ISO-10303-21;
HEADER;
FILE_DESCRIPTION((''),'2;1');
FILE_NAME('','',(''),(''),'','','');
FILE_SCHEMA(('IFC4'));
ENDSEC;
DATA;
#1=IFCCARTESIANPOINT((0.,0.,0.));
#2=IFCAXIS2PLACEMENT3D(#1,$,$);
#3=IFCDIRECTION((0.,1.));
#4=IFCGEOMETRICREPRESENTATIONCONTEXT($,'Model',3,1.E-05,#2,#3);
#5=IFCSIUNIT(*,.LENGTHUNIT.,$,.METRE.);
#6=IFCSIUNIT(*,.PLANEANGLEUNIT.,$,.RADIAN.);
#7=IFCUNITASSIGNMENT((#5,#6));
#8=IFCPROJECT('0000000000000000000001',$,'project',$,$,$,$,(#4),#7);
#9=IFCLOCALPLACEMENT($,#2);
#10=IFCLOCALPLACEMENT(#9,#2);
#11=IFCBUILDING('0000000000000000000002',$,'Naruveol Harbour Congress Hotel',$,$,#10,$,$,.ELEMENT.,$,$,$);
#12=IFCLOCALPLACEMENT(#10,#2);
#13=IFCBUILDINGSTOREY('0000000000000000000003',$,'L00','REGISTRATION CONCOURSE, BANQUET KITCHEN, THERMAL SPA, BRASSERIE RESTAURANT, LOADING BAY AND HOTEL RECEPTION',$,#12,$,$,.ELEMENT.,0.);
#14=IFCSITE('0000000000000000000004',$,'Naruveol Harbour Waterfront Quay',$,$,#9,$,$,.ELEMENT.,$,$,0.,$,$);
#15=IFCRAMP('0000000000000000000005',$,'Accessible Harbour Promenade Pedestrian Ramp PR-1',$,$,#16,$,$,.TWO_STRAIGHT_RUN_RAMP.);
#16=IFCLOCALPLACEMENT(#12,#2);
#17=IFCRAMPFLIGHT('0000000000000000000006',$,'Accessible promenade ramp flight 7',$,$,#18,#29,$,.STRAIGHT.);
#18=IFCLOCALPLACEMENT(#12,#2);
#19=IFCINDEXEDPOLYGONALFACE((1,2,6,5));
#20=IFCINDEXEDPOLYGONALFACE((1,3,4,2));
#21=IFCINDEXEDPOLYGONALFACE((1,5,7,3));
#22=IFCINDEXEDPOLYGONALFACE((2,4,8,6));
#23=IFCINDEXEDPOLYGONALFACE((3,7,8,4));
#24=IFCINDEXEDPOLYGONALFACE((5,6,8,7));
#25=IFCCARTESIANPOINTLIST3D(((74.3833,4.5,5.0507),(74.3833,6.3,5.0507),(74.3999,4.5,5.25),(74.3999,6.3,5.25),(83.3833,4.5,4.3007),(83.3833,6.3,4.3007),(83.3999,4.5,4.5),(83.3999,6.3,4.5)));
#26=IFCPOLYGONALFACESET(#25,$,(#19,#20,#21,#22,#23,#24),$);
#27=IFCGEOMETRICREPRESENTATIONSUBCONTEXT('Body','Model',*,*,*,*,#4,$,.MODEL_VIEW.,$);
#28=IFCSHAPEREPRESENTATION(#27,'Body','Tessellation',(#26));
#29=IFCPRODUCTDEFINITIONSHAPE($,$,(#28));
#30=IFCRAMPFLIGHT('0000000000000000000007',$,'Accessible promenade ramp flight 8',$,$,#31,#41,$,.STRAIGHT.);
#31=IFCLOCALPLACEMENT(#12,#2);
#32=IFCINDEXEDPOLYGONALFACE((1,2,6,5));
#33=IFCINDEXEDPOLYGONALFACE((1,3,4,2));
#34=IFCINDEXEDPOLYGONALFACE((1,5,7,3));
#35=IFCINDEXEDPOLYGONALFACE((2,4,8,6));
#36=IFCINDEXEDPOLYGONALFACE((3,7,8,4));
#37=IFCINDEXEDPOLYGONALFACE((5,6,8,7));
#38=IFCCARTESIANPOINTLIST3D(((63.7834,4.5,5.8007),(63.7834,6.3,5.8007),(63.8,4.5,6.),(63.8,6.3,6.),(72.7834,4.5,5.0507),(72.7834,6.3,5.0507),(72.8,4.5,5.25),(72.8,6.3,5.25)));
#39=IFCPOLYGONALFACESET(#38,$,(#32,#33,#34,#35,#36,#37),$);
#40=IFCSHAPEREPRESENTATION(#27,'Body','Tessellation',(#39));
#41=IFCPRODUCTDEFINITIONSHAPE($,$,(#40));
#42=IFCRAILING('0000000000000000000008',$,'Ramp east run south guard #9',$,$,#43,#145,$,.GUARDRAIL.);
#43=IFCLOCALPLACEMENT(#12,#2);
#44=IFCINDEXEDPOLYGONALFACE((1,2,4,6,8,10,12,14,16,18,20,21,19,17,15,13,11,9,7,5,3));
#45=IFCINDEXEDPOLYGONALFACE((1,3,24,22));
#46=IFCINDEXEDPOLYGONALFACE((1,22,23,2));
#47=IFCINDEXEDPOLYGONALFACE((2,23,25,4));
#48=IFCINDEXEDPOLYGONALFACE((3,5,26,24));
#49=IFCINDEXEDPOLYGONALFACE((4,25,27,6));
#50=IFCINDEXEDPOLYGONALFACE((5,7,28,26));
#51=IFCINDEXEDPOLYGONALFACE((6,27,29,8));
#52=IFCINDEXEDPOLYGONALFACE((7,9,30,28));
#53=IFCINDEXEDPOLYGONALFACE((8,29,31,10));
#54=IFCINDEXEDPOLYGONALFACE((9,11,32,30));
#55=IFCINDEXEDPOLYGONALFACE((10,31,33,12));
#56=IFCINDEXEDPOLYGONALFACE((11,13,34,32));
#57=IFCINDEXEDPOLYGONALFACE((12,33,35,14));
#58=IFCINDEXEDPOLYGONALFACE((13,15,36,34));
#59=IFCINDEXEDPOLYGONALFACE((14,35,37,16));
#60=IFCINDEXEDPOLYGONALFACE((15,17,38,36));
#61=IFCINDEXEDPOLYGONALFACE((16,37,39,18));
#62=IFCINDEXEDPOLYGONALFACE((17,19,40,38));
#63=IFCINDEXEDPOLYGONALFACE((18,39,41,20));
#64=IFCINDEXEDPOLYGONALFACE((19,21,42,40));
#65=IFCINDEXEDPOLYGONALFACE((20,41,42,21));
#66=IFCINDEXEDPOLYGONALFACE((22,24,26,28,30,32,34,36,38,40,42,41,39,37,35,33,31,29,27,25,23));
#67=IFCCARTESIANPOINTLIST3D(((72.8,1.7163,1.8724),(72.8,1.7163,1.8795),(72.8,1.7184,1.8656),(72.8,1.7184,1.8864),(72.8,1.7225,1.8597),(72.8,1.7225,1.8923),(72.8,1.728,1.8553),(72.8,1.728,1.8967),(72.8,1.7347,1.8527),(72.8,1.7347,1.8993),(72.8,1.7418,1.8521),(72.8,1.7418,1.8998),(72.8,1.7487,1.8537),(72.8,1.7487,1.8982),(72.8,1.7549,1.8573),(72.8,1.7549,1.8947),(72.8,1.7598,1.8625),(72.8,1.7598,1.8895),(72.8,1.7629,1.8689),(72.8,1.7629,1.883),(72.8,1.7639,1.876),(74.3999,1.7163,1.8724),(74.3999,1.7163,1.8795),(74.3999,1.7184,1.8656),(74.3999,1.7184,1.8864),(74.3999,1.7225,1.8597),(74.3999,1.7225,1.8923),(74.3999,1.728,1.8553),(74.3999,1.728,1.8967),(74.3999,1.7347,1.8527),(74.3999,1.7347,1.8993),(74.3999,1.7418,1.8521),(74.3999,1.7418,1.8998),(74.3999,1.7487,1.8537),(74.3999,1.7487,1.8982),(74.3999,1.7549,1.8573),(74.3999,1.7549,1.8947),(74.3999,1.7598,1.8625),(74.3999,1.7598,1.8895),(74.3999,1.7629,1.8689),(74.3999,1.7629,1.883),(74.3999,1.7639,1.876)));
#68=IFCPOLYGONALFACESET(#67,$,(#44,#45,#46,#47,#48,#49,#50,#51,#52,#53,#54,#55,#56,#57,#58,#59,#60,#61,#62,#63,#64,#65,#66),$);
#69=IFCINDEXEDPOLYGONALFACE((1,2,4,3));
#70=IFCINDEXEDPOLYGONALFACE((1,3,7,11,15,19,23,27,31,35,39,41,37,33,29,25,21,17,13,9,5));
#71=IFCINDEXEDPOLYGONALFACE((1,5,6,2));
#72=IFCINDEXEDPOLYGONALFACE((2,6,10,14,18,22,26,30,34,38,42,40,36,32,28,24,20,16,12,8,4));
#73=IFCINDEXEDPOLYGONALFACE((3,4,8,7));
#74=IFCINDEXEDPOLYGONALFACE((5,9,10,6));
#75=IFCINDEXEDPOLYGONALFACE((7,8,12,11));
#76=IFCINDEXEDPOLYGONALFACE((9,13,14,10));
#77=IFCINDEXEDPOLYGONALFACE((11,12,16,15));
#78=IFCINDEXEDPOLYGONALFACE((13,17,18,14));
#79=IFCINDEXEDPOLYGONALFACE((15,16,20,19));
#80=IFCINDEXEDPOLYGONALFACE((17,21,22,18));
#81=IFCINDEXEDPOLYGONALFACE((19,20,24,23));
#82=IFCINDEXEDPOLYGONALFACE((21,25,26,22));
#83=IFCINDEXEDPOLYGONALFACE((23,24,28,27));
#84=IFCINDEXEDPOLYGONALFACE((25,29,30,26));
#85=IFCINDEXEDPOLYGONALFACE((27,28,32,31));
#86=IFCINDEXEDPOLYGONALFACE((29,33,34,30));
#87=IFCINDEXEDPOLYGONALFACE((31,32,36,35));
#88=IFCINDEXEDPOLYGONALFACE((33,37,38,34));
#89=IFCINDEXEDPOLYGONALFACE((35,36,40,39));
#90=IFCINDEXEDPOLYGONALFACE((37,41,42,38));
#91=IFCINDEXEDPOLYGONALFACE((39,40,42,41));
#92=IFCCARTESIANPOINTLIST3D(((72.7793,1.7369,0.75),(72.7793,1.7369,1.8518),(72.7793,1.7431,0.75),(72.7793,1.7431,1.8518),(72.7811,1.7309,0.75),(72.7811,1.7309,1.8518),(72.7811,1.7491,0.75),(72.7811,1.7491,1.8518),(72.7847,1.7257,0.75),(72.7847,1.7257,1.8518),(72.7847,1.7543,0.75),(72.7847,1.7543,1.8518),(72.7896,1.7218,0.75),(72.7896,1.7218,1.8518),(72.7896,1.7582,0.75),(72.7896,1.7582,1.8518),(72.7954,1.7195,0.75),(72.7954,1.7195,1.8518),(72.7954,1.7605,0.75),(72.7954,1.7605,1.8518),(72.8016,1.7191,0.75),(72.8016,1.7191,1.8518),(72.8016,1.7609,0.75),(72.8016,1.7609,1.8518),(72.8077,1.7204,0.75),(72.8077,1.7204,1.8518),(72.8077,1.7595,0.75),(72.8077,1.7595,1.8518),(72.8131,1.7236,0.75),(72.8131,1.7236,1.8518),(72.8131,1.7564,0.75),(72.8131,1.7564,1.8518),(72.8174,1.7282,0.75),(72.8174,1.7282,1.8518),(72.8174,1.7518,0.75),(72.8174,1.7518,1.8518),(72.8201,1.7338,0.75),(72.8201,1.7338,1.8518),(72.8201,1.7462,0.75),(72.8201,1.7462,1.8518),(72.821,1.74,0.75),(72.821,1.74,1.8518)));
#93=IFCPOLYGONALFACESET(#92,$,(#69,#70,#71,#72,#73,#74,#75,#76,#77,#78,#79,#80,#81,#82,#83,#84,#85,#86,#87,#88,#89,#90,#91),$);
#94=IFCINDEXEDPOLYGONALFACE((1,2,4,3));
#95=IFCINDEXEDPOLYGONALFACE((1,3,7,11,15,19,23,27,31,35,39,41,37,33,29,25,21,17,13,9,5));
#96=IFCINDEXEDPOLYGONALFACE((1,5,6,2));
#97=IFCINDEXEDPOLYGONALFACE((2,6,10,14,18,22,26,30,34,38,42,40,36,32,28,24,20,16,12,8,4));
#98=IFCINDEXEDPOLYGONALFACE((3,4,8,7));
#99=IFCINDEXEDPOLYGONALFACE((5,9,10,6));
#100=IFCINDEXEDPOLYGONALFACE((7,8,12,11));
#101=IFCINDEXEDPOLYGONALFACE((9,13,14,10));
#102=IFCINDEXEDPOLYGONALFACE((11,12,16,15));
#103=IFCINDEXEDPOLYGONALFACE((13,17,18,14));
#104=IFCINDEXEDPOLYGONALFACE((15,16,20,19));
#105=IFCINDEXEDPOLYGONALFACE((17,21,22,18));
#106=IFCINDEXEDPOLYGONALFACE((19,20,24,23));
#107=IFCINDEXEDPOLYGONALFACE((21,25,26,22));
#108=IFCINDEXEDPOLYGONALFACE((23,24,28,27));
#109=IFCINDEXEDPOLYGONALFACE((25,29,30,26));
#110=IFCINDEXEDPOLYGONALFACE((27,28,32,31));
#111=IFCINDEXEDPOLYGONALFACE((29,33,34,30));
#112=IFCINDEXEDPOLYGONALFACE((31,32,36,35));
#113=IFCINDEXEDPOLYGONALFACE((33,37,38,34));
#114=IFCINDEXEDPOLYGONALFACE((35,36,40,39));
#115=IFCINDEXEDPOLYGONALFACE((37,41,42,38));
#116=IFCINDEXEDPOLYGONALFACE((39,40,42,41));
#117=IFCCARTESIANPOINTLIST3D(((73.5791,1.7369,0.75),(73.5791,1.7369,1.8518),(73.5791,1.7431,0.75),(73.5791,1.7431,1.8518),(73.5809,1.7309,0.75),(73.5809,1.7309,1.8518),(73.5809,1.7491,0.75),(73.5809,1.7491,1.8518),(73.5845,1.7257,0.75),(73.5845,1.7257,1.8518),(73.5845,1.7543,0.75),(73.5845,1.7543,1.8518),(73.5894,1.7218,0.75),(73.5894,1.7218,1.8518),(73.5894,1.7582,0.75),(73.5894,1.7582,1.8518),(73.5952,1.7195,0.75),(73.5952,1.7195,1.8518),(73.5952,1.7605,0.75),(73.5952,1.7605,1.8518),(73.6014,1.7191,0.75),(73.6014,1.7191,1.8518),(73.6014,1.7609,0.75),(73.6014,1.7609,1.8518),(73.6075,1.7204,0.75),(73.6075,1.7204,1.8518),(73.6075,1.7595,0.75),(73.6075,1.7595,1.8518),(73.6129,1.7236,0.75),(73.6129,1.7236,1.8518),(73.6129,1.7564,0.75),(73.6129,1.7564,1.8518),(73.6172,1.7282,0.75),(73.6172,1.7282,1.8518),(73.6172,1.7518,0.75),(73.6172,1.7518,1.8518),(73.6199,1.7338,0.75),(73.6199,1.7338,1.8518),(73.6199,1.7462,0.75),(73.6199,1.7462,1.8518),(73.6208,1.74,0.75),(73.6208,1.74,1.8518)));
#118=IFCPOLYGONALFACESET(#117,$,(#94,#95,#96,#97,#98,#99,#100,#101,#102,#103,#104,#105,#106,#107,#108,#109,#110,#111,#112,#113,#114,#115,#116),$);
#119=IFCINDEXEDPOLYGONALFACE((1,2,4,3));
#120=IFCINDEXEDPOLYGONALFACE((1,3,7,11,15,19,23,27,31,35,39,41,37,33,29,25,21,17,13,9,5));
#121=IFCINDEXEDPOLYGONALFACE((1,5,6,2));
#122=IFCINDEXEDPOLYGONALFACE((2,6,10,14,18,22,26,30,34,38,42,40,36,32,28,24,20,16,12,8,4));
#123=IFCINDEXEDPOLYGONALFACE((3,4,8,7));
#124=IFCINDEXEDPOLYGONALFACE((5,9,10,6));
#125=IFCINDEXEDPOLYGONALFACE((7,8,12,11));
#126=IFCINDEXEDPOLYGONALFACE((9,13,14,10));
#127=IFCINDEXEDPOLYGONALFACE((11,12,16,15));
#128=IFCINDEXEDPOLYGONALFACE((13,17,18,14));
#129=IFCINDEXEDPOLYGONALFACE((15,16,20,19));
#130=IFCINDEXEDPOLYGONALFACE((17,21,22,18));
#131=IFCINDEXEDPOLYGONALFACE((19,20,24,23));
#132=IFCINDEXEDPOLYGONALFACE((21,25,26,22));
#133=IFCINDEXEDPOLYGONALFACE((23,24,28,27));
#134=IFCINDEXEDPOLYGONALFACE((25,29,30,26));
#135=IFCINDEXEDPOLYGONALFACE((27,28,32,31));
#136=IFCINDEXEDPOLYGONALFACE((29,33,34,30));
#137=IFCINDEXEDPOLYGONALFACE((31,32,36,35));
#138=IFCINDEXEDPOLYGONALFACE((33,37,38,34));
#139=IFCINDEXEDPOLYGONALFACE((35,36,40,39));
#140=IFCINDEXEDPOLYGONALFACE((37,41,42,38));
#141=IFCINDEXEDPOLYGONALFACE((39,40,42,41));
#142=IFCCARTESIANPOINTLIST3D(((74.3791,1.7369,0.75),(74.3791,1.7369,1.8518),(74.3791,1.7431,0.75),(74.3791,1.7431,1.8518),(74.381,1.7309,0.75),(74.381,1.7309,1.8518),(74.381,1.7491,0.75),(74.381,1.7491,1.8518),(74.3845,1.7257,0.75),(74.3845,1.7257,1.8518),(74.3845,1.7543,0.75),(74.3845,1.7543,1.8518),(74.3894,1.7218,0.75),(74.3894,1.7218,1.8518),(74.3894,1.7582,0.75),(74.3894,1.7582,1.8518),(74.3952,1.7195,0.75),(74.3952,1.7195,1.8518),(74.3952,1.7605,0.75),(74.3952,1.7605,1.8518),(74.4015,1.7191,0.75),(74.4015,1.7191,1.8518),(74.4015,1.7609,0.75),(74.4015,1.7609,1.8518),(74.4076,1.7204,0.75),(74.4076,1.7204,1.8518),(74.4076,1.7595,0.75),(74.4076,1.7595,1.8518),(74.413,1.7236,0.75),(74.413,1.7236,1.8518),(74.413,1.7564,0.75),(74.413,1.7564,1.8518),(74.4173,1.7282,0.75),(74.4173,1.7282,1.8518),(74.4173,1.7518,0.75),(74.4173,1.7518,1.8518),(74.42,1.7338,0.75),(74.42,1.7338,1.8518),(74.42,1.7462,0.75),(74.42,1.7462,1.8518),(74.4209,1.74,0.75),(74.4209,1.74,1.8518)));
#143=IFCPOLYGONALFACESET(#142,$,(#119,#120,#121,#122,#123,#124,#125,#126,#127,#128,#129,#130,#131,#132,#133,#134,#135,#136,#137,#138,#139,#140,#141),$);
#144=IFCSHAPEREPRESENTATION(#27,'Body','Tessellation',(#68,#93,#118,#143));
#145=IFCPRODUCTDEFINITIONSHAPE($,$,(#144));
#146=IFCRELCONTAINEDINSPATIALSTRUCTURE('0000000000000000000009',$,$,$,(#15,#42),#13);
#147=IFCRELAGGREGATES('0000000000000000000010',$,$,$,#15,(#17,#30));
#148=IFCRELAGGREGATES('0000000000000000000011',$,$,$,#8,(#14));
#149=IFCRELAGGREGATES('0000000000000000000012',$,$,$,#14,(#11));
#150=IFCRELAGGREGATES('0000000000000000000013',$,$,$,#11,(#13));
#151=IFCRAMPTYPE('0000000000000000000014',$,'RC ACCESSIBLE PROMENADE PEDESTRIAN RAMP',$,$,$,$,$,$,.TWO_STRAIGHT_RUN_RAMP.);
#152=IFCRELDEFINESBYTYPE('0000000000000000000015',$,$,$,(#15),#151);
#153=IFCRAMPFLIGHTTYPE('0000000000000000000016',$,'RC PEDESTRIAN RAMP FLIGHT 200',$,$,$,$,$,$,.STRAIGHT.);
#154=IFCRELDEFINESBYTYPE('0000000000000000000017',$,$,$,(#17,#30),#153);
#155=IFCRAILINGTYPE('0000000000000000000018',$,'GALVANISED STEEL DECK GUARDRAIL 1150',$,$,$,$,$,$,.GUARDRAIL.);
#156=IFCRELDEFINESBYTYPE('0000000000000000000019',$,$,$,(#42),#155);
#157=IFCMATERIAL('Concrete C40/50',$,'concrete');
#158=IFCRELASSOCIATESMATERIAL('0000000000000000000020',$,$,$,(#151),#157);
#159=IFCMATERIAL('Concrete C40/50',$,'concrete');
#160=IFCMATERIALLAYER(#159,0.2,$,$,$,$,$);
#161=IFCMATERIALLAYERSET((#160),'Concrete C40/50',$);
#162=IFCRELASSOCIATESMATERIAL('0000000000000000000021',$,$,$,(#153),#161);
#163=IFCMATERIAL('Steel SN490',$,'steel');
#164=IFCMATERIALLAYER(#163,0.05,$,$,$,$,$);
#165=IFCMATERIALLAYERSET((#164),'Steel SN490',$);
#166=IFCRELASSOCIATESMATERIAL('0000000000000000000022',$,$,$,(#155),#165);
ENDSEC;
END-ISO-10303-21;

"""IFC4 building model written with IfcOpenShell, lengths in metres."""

from ifc_helpers import new_model, si_unit, direction, frame, origin, origin_2d, place, context, subcontext, project, spatial, polyline, circle, outline, extrude, material, layer, layer_set, type_object, element, aggregate, save


model = new_model("IFC4")

# Units and contexts
model_context = context("Model", 3, precision=1e-05, world=origin(), true_north=direction((0.0, 1.0)))
body_context = subcontext(model_context, "Body", "Model", "MODEL_VIEW")
ifc_project = project(units=[si_unit("LENGTHUNIT", "METRE"), si_unit("PLANEANGLEUNIT", "RADIAN")], contexts=[model_context])

# Site, building, storey
site_placement = place(None, origin())
site = spatial("IfcSite", under=ifc_project, at=site_placement, Name="Naruveol Harbour Waterfront Quay", CompositionType="ELEMENT", RefElevation=0.0)
building_placement = place(site_placement, origin())
building = spatial("IfcBuilding", under=site, at=building_placement, Name="Naruveol Harbour Congress Hotel", CompositionType="ELEMENT")
storey_placement = place(building_placement, origin())
storey = spatial("IfcBuildingStorey", under=building, at=storey_placement, Name="L00", Description="REGISTRATION CONCOURSE, BANQUET KITCHEN, THERMAL SPA, BRASSERIE RESTAURANT, LOADING BAY AND HOTEL RECEPTION", CompositionType="ELEMENT", Elevation=0.0)

# Ramp, ramp flights
ifc_material_1 = material(Name="Concrete C40/50", Category="concrete")
ramp_type = type_object("IfcRampType", Name="RC ACCESSIBLE PROMENADE PEDESTRIAN RAMP", PredefinedType="TWO_STRAIGHT_RUN_RAMP", material=ifc_material_1)
ramp_placement = place(storey_placement, origin())
ramp = element("IfcRamp", 1, at=ramp_placement, inside=storey, type_object=ramp_type, Name="Accessible Harbour Promenade Pedestrian Ramp PR-1", PredefinedType="TWO_STRAIGHT_RUN_RAMP")
ifc_material_2 = material(Name="Concrete C40/50", Category="concrete")
ifc_layer_1 = layer(ifc_material_2, 0.2)
ifc_layer_set_1 = layer_set([ifc_layer_1], Name="Concrete C40/50")
ramp_flight_type = type_object("IfcRampFlightType", Name="RC PEDESTRIAN RAMP FLIGHT 200", PredefinedType="STRAIGHT", material=ifc_layer_set_1)
ramp_flight_1_placement = place(storey_placement, frame((74.3999, 4.5, 5.25), z_axis=(0.083045, 0.0, 0.996546), x_axis=(0.996546, 0.0, -0.083045)))
ramp_flight_1 = element("IfcRampFlight", 2, at=ramp_flight_1_placement, type_object=ramp_flight_type, Name="Accessible promenade ramp flight 7", PredefinedType="STRAIGHT", context=body_context, shape_type="SweptSolid", body=[
    extrude(outline(polyline([(0.0, 0.0), (9.0312, 0.0), (9.0312, 1.8), (0.0, 1.8), (0.0, 0.0)])), origin(), (0.0, 0.0, -1.0), 0.2),
])
ramp_flight_2_placement = place(storey_placement, frame((63.8, 4.5, 6.0), z_axis=(0.083045, 0.0, 0.996546), x_axis=(0.996546, 0.0, -0.083045)))
ramp_flight_2 = element("IfcRampFlight", 3, at=ramp_flight_2_placement, type_object=ramp_flight_type, Name="Accessible promenade ramp flight 8", PredefinedType="STRAIGHT", context=body_context, shape_type="SweptSolid", body=[
    extrude(outline(polyline([(0.0, 0.0), (9.0312, 0.0), (9.0312, 1.8), (0.0, 1.8), (0.0, 0.0)])), origin(), (0.0, 0.0, -1.0), 0.2),
])
aggregate(ramp, [ramp_flight_1, ramp_flight_2])

# Railing
ifc_material_3 = material(Name="Steel SN490", Category="steel")
ifc_layer_2 = layer(ifc_material_3, 0.05)
ifc_layer_set_2 = layer_set([ifc_layer_2], Name="Steel SN490")
railing_type = type_object("IfcRailingType", Name="GALVANISED STEEL DECK GUARDRAIL 1150", PredefinedType="GUARDRAIL", material=ifc_layer_set_2)
railing_1_placement = place(storey_placement, frame((72.8, 1.74, 0.75)))
element("IfcRailing", 4, at=railing_1_placement, inside=storey, type_object=railing_type, Name="Ramp east run south guard #9", PredefinedType="GUARDRAIL", context=body_context, shape_type="SweptSolid", body=[
    extrude(circle(Radius=0.0239, at=origin_2d()), frame((0.0, 0.0, 1.126), z_axis=(1.0, 0.0, 0.0), x_axis=(0.0, 1.0, 0.0)), (0.0, 0.0, 1.0), 1.5999),
    extrude(circle(Radius=0.021, at=origin_2d()), origin(), (0.0, 0.0, 1.0), 1.1018),
    extrude(circle(Radius=0.021, at=origin_2d()), frame((0.7998, 0.0, 0.0)), (0.0, 0.0, 1.0), 1.1018),
    extrude(circle(Radius=0.021, at=origin_2d()), frame((1.5999, 0.0, 0.0)), (0.0, 0.0, 1.0), 1.1018),
])

save(model, "model.ifc")
